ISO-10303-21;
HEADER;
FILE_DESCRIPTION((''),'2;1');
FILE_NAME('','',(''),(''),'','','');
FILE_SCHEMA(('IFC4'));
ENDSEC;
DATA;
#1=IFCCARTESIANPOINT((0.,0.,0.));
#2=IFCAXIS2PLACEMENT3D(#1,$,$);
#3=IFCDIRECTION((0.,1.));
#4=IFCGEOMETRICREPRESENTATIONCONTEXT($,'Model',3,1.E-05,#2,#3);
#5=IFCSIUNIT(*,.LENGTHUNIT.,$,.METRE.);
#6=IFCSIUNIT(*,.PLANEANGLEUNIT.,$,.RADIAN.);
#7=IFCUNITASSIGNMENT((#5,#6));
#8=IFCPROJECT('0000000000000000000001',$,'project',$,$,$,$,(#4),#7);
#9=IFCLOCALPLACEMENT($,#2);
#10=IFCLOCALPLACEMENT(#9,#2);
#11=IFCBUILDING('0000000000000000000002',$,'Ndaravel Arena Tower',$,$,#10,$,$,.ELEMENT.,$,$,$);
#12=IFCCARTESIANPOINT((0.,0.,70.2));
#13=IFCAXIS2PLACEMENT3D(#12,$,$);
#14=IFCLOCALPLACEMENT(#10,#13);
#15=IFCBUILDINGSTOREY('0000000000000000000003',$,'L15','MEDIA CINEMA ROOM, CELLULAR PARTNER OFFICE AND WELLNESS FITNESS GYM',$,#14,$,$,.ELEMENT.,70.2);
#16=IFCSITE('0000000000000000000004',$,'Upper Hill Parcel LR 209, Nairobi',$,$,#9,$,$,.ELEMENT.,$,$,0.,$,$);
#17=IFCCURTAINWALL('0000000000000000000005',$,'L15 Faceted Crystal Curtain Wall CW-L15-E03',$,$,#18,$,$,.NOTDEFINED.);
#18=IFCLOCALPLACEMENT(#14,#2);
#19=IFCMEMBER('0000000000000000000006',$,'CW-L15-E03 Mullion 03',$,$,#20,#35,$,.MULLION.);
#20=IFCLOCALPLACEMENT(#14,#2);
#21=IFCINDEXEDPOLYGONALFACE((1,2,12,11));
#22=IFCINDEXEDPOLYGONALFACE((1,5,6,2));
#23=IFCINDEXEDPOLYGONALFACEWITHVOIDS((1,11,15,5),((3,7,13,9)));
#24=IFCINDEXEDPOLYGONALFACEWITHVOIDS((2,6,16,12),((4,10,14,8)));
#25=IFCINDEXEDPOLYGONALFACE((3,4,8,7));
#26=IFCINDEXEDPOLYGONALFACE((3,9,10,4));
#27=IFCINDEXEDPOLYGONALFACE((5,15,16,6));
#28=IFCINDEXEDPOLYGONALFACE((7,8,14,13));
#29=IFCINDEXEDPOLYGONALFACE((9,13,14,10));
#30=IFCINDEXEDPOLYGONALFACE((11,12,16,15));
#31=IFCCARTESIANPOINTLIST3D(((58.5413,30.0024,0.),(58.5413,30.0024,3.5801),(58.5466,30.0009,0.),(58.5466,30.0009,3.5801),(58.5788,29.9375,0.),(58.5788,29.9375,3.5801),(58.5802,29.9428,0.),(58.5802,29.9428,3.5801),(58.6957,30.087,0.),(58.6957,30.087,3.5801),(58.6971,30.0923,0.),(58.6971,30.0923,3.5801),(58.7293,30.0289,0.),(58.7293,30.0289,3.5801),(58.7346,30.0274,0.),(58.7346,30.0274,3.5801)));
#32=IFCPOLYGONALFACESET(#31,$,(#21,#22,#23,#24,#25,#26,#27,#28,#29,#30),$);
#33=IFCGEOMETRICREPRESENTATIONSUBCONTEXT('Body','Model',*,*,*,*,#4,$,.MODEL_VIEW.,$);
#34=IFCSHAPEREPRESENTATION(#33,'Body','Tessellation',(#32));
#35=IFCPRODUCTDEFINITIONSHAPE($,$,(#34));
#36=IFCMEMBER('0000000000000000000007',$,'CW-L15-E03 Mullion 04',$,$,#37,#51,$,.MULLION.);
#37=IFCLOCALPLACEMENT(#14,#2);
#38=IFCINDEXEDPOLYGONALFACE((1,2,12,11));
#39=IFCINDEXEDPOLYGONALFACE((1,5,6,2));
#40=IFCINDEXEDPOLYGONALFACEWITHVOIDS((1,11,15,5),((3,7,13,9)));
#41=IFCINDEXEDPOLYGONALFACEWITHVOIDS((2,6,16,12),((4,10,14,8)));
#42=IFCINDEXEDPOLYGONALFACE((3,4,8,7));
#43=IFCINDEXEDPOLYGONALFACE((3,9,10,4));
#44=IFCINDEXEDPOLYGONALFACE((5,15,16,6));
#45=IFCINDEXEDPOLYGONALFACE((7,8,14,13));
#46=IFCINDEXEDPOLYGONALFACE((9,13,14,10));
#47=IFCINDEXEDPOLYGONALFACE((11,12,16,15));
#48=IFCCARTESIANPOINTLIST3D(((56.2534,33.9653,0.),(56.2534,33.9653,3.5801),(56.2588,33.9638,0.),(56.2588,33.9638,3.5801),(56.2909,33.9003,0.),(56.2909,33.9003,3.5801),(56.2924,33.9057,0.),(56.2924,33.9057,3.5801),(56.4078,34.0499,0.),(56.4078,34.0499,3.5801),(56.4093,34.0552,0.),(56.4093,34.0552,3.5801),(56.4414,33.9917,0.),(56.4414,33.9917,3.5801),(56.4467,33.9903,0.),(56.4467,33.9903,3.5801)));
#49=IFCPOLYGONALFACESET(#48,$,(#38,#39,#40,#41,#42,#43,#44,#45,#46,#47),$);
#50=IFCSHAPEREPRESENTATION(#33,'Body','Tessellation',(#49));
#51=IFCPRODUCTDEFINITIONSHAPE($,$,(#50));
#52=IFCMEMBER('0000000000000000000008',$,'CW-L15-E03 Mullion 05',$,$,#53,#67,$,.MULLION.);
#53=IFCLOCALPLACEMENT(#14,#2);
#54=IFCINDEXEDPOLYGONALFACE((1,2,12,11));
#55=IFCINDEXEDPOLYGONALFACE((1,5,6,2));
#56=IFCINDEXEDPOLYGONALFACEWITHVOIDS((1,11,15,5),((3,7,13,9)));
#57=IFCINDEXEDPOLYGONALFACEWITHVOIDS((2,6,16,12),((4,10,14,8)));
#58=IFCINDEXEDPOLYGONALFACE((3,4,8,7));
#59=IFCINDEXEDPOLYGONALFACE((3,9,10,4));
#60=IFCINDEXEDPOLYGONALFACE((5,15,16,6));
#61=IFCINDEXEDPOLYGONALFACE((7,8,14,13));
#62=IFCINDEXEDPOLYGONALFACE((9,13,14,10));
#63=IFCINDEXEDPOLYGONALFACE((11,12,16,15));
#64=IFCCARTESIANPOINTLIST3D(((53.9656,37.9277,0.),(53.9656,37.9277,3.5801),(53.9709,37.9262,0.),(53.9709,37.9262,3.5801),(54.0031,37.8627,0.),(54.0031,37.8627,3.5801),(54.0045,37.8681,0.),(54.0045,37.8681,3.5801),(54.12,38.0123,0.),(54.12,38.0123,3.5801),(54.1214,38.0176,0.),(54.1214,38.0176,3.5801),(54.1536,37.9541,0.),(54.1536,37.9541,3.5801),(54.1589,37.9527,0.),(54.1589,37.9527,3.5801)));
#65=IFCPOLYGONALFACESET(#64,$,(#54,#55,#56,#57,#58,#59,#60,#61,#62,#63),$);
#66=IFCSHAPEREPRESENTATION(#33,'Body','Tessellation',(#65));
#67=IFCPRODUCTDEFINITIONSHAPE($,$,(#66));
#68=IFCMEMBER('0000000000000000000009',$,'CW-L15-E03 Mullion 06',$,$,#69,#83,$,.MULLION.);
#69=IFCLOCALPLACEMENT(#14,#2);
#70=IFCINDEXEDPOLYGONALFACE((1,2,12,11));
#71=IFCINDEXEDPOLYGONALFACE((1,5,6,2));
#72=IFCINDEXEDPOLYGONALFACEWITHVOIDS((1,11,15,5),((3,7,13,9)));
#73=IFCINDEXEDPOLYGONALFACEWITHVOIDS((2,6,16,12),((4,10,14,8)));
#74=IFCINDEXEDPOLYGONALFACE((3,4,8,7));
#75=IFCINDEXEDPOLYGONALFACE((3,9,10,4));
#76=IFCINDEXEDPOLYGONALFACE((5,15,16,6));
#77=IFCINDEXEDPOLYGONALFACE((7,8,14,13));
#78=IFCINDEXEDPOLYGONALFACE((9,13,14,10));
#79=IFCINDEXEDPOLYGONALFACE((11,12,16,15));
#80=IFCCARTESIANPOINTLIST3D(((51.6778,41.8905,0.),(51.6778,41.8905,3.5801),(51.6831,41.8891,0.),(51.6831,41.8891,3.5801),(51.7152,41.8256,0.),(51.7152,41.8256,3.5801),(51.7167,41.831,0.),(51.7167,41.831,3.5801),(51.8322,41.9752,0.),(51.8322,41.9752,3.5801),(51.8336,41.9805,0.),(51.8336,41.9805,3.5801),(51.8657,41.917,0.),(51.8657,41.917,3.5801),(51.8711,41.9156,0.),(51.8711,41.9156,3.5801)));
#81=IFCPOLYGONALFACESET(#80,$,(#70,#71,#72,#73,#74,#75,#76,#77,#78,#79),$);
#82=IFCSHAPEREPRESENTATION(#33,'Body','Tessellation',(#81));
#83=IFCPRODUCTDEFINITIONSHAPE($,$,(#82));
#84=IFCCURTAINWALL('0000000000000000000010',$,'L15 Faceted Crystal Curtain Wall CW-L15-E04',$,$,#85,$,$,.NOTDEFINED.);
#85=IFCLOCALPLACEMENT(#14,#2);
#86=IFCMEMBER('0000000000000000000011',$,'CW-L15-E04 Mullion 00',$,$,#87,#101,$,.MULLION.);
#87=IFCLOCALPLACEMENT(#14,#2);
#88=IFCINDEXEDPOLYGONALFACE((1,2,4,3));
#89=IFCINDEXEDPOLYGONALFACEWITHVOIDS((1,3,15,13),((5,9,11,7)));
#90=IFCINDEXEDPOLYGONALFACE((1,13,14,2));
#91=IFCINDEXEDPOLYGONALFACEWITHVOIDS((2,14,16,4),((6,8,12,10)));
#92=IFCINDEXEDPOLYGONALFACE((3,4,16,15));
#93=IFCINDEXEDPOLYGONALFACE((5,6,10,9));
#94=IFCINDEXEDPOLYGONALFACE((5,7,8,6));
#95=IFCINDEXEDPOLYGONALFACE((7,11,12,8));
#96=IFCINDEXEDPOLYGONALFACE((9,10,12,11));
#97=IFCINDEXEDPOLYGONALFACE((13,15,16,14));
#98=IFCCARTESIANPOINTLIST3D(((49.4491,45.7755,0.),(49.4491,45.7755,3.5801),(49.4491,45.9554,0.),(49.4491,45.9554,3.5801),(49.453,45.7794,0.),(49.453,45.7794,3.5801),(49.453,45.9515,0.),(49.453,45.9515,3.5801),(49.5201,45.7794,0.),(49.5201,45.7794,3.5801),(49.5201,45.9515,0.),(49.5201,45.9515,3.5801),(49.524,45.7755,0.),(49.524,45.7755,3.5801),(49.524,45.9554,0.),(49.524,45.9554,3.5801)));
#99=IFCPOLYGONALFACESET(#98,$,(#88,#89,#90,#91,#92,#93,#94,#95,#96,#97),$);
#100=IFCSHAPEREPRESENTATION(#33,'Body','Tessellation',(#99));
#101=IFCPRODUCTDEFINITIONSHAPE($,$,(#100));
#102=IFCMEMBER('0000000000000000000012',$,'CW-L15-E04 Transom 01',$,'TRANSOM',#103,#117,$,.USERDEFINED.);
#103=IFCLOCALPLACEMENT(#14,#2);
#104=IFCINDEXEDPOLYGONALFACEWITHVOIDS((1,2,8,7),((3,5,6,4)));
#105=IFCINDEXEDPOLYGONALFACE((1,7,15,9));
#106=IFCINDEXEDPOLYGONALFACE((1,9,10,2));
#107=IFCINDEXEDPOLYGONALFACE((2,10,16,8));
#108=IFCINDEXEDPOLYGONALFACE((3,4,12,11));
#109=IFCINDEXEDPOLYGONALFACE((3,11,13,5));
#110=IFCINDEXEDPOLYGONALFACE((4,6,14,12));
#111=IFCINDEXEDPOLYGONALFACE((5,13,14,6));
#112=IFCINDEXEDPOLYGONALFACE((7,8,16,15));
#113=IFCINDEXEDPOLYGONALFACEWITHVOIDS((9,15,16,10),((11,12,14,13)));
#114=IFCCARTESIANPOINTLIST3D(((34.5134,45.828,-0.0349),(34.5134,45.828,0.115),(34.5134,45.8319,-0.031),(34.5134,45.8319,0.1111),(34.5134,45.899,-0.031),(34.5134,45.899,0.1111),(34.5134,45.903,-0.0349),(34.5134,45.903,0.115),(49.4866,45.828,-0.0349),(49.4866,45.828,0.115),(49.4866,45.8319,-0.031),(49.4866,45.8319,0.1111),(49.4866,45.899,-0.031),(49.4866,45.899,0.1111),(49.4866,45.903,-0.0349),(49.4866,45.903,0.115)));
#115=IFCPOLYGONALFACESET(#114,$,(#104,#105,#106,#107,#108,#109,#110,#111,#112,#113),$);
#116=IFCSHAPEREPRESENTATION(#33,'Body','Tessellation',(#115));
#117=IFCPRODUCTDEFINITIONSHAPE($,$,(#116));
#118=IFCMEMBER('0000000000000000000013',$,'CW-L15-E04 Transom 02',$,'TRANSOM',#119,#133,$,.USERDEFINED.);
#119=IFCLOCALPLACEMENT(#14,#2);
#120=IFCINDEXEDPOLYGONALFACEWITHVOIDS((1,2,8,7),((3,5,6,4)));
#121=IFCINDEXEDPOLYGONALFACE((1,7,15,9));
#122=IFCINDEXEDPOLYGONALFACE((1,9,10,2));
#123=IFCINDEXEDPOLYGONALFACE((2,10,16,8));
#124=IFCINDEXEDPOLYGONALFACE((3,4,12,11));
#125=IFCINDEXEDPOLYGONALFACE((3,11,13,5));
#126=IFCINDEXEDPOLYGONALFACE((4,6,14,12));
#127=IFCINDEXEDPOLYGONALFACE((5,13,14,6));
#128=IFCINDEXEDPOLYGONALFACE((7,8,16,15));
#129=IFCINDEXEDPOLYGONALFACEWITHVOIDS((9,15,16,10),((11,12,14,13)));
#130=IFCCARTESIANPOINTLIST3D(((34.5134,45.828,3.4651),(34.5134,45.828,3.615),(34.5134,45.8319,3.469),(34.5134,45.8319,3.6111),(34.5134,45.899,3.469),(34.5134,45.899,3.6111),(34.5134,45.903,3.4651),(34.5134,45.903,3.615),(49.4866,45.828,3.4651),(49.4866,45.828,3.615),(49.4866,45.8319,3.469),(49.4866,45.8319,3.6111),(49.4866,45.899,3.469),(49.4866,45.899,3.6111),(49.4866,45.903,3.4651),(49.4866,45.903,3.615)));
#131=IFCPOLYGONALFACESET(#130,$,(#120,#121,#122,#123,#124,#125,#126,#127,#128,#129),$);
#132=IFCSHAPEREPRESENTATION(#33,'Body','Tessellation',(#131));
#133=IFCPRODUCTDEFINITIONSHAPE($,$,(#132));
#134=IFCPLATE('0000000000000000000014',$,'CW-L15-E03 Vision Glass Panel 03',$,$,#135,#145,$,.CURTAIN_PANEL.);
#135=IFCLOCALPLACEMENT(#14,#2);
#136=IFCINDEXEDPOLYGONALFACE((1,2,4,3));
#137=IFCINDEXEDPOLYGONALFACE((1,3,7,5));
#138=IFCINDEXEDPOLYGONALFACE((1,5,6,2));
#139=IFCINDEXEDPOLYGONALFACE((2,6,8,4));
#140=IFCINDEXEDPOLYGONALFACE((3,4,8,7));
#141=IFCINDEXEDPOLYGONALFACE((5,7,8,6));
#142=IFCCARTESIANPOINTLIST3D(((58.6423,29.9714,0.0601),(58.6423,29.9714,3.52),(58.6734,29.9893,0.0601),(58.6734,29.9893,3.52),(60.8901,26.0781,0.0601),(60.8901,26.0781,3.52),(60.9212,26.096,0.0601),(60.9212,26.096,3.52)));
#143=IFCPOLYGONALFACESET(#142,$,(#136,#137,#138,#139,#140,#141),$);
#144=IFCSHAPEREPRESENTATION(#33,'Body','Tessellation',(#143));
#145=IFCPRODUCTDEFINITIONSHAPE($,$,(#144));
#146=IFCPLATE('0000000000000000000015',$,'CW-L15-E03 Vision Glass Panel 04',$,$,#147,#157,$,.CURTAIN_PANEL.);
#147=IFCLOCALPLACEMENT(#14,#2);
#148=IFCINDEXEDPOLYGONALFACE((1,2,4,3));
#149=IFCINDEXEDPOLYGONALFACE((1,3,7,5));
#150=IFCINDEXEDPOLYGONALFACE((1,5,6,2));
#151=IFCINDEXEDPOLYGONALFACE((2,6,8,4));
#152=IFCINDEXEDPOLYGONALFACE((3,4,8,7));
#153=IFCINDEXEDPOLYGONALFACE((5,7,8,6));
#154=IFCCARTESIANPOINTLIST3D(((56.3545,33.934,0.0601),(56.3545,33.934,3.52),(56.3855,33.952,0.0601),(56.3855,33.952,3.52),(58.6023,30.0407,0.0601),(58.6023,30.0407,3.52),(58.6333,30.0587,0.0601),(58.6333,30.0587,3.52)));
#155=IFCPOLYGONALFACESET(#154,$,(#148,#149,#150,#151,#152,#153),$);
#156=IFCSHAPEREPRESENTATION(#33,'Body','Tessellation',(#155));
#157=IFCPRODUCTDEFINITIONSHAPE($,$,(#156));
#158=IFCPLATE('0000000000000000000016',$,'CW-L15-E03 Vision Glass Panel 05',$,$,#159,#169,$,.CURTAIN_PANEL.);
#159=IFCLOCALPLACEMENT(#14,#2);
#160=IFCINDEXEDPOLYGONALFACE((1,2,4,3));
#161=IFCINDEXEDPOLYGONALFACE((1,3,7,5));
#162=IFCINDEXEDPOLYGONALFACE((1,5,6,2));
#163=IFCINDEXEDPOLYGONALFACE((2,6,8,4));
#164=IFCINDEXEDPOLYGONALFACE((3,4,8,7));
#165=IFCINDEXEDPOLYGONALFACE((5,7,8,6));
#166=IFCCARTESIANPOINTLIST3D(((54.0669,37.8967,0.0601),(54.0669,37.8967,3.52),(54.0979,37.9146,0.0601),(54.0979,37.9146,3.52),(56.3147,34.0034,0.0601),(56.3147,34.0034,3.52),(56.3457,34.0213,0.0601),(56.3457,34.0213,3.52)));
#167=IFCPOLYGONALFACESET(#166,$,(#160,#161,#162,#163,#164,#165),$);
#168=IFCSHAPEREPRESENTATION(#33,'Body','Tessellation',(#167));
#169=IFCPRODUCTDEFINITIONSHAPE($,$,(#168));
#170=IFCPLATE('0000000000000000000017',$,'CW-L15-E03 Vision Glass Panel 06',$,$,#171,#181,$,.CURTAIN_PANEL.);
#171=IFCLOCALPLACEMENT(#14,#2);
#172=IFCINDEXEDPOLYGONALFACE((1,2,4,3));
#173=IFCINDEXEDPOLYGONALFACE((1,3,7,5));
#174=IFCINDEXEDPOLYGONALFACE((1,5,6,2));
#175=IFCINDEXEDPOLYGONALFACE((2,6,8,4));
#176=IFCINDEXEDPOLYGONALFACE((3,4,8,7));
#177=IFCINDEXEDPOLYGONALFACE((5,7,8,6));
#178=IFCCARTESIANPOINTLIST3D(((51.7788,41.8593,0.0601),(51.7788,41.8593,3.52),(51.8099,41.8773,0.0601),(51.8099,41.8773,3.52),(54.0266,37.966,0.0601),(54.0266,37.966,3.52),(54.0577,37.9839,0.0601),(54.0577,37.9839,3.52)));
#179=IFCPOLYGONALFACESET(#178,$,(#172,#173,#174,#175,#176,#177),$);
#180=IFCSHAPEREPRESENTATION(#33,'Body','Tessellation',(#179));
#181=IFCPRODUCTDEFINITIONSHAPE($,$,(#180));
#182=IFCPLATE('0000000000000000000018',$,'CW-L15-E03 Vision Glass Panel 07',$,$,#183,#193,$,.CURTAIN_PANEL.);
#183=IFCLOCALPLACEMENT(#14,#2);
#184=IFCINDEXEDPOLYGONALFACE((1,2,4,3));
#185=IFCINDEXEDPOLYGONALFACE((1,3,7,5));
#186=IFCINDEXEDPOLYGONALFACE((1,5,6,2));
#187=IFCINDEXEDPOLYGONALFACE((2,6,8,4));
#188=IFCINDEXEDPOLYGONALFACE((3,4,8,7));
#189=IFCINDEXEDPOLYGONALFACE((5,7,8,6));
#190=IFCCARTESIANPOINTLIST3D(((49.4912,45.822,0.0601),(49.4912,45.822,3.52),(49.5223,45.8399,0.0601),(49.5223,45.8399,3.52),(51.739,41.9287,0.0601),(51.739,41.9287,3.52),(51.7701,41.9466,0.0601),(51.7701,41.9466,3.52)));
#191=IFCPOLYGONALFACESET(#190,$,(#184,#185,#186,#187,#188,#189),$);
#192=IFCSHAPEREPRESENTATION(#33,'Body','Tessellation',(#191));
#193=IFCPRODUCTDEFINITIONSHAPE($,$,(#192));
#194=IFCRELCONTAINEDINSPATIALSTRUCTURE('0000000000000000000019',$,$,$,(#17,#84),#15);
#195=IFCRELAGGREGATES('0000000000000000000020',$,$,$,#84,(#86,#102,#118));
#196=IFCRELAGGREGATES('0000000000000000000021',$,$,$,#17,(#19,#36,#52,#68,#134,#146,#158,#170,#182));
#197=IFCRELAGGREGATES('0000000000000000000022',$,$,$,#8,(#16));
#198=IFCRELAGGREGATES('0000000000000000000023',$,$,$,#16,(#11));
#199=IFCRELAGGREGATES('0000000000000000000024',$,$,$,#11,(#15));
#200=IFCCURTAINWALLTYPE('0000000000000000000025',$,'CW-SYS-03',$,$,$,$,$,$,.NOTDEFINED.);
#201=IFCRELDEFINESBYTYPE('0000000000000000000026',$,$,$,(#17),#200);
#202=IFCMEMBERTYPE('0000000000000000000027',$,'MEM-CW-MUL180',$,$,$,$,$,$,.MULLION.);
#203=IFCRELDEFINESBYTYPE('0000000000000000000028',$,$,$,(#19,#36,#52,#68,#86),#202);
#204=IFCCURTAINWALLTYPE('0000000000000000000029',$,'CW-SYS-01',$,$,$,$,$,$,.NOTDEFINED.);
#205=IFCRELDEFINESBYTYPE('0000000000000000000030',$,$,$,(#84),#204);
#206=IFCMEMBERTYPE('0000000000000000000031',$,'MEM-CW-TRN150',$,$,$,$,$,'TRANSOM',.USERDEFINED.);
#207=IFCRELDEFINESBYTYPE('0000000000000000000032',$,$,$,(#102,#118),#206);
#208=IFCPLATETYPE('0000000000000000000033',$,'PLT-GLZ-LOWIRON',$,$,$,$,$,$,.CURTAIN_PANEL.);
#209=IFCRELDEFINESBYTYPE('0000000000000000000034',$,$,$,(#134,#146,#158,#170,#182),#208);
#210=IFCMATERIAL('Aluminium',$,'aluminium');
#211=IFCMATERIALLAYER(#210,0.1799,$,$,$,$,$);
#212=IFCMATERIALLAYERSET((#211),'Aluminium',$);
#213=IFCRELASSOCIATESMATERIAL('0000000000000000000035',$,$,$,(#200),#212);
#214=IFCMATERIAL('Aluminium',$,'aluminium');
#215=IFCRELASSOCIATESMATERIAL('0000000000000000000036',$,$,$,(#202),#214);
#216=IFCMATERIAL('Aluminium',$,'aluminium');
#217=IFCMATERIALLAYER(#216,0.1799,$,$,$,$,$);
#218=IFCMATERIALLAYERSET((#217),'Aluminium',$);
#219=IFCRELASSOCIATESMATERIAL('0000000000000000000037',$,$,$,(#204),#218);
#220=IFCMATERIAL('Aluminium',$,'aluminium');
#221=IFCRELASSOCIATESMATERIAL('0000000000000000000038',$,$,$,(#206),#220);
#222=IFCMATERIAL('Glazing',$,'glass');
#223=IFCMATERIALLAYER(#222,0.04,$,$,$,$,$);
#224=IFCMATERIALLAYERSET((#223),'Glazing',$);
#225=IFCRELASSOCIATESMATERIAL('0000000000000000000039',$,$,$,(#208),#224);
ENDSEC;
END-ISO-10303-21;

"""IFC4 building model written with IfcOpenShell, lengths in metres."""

from ifc_helpers import new_model, si_unit, direction, frame, origin, origin_2d, place, context, subcontext, project, spatial, rectangle, hollow_rectangle, extrude, material, layer, layer_set, material_profile, profile_set, type_object, element, aggregate, save


model = new_model("IFC4")

# Units and contexts
model_context = context("Model", 3, precision=1e-05, world=origin(), true_north=direction((0.0, 1.0)))
body_context = subcontext(model_context, "Body", "Model", "MODEL_VIEW")
ifc_project = project(units=[si_unit("LENGTHUNIT", "METRE"), si_unit("PLANEANGLEUNIT", "RADIAN")], contexts=[model_context])

# Site, building, storey
site_placement = place(None, origin())
site = spatial("IfcSite", under=ifc_project, at=site_placement, Name="Upper Hill Parcel LR 209, Nairobi", CompositionType="ELEMENT", RefElevation=0.0)
building_placement = place(site_placement, origin())
building = spatial("IfcBuilding", under=site, at=building_placement, Name="Ndaravel Arena Tower", CompositionType="ELEMENT")
storey_placement = place(building_placement, frame((0.0, 0.0, 70.2)))
storey = spatial("IfcBuildingStorey", under=building, at=storey_placement, Name="L15", Description="MEDIA CINEMA ROOM, CELLULAR PARTNER OFFICE AND WELLNESS FITNESS GYM", CompositionType="ELEMENT", Elevation=70.2)

# Curtain walls, members
ifc_material_1 = material(Name="Aluminium", Category="aluminium")
ifc_layer_1 = layer(ifc_material_1, 0.1799)
ifc_layer_set_1 = layer_set([ifc_layer_1], Name="Aluminium")
curtain_wall_type_1 = type_object("IfcCurtainWallType", Name="CW-SYS-03", PredefinedType="NOTDEFINED", material=ifc_layer_set_1)
curtain_wall_1_placement = place(storey_placement, origin())
curtain_wall_1 = element("IfcCurtainWall", 1, at=curtain_wall_1_placement, inside=storey, type_object=curtain_wall_type_1, Name="L15 Faceted Crystal Curtain Wall CW-L15-E03", PredefinedType="NOTDEFINED")
ifc_material_2 = material(Name="Aluminium", Category="aluminium")
ifc_material_profile_1 = material_profile(ifc_material_2, hollow_rectangle(XDim=0.075, YDim=0.1799, WallThickness=0.0039, at=origin_2d()), Name="CW MULLION 75x180x4")
ifc_profile_set_1 = profile_set([ifc_material_profile_1], Name="Aluminium")
member_type_1 = type_object("IfcMemberType", Name="MEM-CW-MUL180", PredefinedType="MULLION", material=ifc_profile_set_1)
member_1_placement = place(storey_placement, frame((58.6379, 30.0149, 0.0), z_axis=(0.0, 0.0, 1.0), x_axis=(-0.5, 0.866025, 0.0)))
member_1 = element("IfcMember", 2, at=member_1_placement, type_object=member_type_1, Name="CW-L15-E03 Mullion 03", PredefinedType="MULLION", context=body_context, shape_type="SweptSolid", body=[
    extrude(hollow_rectangle(XDim=0.075, YDim=0.1799, WallThickness=0.0039, at=origin_2d()), origin(), (0.0, 0.0, 1.0), 3.5801),
])
member_2_placement = place(storey_placement, frame((56.3501, 33.9778, 0.0), z_axis=(0.0, 0.0, 1.0), x_axis=(-0.5, 0.866025, 0.0)))
member_2 = element("IfcMember", 3, at=member_2_placement, type_object=member_type_1, Name="CW-L15-E03 Mullion 04", PredefinedType="MULLION", context=body_context, shape_type="SweptSolid", body=[
    extrude(hollow_rectangle(XDim=0.075, YDim=0.1799, WallThickness=0.0039, at=origin_2d()), origin(), (0.0, 0.0, 1.0), 3.5801),
])
member_3_placement = place(storey_placement, frame((54.0623, 37.9402, 0.0), z_axis=(0.0, 0.0, 1.0), x_axis=(-0.5, 0.866025, 0.0)))
member_3 = element("IfcMember", 4, at=member_3_placement, type_object=member_type_1, Name="CW-L15-E03 Mullion 05", PredefinedType="MULLION", context=body_context, shape_type="SweptSolid", body=[
    extrude(hollow_rectangle(XDim=0.075, YDim=0.1799, WallThickness=0.0039, at=origin_2d()), origin(), (0.0, 0.0, 1.0), 3.5801),
])
member_4_placement = place(storey_placement, frame((51.7744, 41.9031, 0.0), z_axis=(0.0, 0.0, 1.0), x_axis=(-0.5, 0.866025, 0.0)))
member_4 = element("IfcMember", 5, at=member_4_placement, type_object=member_type_1, Name="CW-L15-E03 Mullion 06", PredefinedType="MULLION", context=body_context, shape_type="SweptSolid", body=[
    extrude(hollow_rectangle(XDim=0.075, YDim=0.1799, WallThickness=0.0039, at=origin_2d()), origin(), (0.0, 0.0, 1.0), 3.5801),
])
ifc_material_3 = material(Name="Aluminium", Category="aluminium")
ifc_layer_2 = layer(ifc_material_3, 0.1799)
ifc_layer_set_2 = layer_set([ifc_layer_2], Name="Aluminium")
curtain_wall_type_2 = type_object("IfcCurtainWallType", Name="CW-SYS-01", PredefinedType="NOTDEFINED", material=ifc_layer_set_2)
curtain_wall_2_placement = place(storey_placement, origin())
curtain_wall_2 = element("IfcCurtainWall", 6, at=curtain_wall_2_placement, inside=storey, type_object=curtain_wall_type_2, Name="L15 Faceted Crystal Curtain Wall CW-L15-E04", PredefinedType="NOTDEFINED")
member_5_placement = place(storey_placement, frame((49.4866, 45.8655, 0.0), z_axis=(0.0, 0.0, 1.0), x_axis=(-1.0, 0.0, 0.0)))
member_5 = element("IfcMember", 7, at=member_5_placement, type_object=member_type_1, Name="CW-L15-E04 Mullion 00", PredefinedType="MULLION", context=body_context, shape_type="SweptSolid", body=[
    extrude(hollow_rectangle(XDim=0.075, YDim=0.1799, WallThickness=0.0039, at=origin_2d()), origin(), (0.0, 0.0, 1.0), 3.5801),
])
ifc_material_4 = material(Name="Aluminium", Category="aluminium")
ifc_material_profile_2 = material_profile(ifc_material_4, hollow_rectangle(XDim=0.075, YDim=0.1499, WallThickness=0.0039, at=origin_2d()), Name="CW TRANSOM 75x150x4")
ifc_profile_set_2 = profile_set([ifc_material_profile_2], Name="Aluminium")
member_type_2 = type_object("IfcMemberType", Name="MEM-CW-TRN150", ElementType="TRANSOM", PredefinedType="USERDEFINED", material=ifc_profile_set_2)
member_6_placement = place(storey_placement, frame((49.4866, 45.8655, 0.04), z_axis=(-1.0, 0.0, 0.0), x_axis=(0.0, -1.0, 0.0)))
member_6 = element("IfcMember", 8, at=member_6_placement, type_object=member_type_2, Name="CW-L15-E04 Transom 01", ObjectType="TRANSOM", PredefinedType="USERDEFINED", context=body_context, shape_type="SweptSolid", body=[
    extrude(hollow_rectangle(XDim=0.075, YDim=0.1499, WallThickness=0.0039, at=origin_2d()), origin(), (0.0, 0.0, 1.0), 14.9731),
])
member_7_placement = place(storey_placement, frame((49.4866, 45.8655, 3.54), z_axis=(-1.0, 0.0, 0.0), x_axis=(0.0, -1.0, 0.0)))
member_7 = element("IfcMember", 9, at=member_7_placement, type_object=member_type_2, Name="CW-L15-E04 Transom 02", ObjectType="TRANSOM", PredefinedType="USERDEFINED", context=body_context, shape_type="SweptSolid", body=[
    extrude(hollow_rectangle(XDim=0.075, YDim=0.1499, WallThickness=0.0039, at=origin_2d()), origin(), (0.0, 0.0, 1.0), 14.9731),
])
aggregate(curtain_wall_2, [member_5, member_6, member_7])

# Plates
ifc_material_5 = material(Name="Glazing", Category="glass")
ifc_layer_3 = layer(ifc_material_5, 0.04)
ifc_layer_set_3 = layer_set([ifc_layer_3], Name="Glazing")
plate_type = type_object("IfcPlateType", Name="PLT-GLZ-LOWIRON", PredefinedType="CURTAIN_PANEL", material=ifc_layer_set_3)
plate_1_placement = place(storey_placement, frame((59.7817, 28.0337, 0.0601), z_axis=(0.0, 0.0, 1.0), x_axis=(-0.5, 0.866025, 0.0)))
plate_1 = element("IfcPlate", 10, at=plate_1_placement, type_object=plate_type, Name="CW-L15-E03 Vision Glass Panel 03", PredefinedType="CURTAIN_PANEL", context=body_context, shape_type="SweptSolid", body=[
    extrude(rectangle(XDim=4.4956, YDim=0.0359, at=origin_2d()), origin(), (0.0, 0.0, 1.0), 3.46),
])
plate_2_placement = place(storey_placement, frame((57.4939, 31.9963, 0.0601), z_axis=(0.0, 0.0, 1.0), x_axis=(-0.5, 0.866025, 0.0)))
plate_2 = element("IfcPlate", 11, at=plate_2_placement, type_object=plate_type, Name="CW-L15-E03 Vision Glass Panel 04", PredefinedType="CURTAIN_PANEL", context=body_context, shape_type="SweptSolid", body=[
    extrude(rectangle(XDim=4.4956, YDim=0.0359, at=origin_2d()), origin(), (0.0, 0.0, 1.0), 3.46),
])
plate_3_placement = place(storey_placement, frame((55.2063, 35.959, 0.0601), z_axis=(0.0, 0.0, 1.0), x_axis=(-0.5, 0.866025, 0.0)))
plate_3 = element("IfcPlate", 12, at=plate_3_placement, type_object=plate_type, Name="CW-L15-E03 Vision Glass Panel 05", PredefinedType="CURTAIN_PANEL", context=body_context, shape_type="SweptSolid", body=[
    extrude(rectangle(XDim=4.4956, YDim=0.0359, at=origin_2d()), origin(), (0.0, 0.0, 1.0), 3.46),
])
plate_4_placement = place(storey_placement, frame((52.9182, 39.9216, 0.0601), z_axis=(0.0, 0.0, 1.0), x_axis=(-0.5, 0.866025, 0.0)))
plate_4 = element("IfcPlate", 13, at=plate_4_placement, type_object=plate_type, Name="CW-L15-E03 Vision Glass Panel 06", PredefinedType="CURTAIN_PANEL", context=body_context, shape_type="SweptSolid", body=[
    extrude(rectangle(XDim=4.4956, YDim=0.0359, at=origin_2d()), origin(), (0.0, 0.0, 1.0), 3.46),
])
plate_5_placement = place(storey_placement, frame((50.6306, 43.8843, 0.0601), z_axis=(0.0, 0.0, 1.0), x_axis=(-0.5, 0.866025, 0.0)))
plate_5 = element("IfcPlate", 14, at=plate_5_placement, type_object=plate_type, Name="CW-L15-E03 Vision Glass Panel 07", PredefinedType="CURTAIN_PANEL", context=body_context, shape_type="SweptSolid", body=[
    extrude(rectangle(XDim=4.4956, YDim=0.0359, at=origin_2d()), origin(), (0.0, 0.0, 1.0), 3.46),
])
aggregate(curtain_wall_1, [member_1, member_2, member_3, member_4, plate_1, plate_2, plate_3, plate_4, plate_5])

save(model, "model.ifc")
